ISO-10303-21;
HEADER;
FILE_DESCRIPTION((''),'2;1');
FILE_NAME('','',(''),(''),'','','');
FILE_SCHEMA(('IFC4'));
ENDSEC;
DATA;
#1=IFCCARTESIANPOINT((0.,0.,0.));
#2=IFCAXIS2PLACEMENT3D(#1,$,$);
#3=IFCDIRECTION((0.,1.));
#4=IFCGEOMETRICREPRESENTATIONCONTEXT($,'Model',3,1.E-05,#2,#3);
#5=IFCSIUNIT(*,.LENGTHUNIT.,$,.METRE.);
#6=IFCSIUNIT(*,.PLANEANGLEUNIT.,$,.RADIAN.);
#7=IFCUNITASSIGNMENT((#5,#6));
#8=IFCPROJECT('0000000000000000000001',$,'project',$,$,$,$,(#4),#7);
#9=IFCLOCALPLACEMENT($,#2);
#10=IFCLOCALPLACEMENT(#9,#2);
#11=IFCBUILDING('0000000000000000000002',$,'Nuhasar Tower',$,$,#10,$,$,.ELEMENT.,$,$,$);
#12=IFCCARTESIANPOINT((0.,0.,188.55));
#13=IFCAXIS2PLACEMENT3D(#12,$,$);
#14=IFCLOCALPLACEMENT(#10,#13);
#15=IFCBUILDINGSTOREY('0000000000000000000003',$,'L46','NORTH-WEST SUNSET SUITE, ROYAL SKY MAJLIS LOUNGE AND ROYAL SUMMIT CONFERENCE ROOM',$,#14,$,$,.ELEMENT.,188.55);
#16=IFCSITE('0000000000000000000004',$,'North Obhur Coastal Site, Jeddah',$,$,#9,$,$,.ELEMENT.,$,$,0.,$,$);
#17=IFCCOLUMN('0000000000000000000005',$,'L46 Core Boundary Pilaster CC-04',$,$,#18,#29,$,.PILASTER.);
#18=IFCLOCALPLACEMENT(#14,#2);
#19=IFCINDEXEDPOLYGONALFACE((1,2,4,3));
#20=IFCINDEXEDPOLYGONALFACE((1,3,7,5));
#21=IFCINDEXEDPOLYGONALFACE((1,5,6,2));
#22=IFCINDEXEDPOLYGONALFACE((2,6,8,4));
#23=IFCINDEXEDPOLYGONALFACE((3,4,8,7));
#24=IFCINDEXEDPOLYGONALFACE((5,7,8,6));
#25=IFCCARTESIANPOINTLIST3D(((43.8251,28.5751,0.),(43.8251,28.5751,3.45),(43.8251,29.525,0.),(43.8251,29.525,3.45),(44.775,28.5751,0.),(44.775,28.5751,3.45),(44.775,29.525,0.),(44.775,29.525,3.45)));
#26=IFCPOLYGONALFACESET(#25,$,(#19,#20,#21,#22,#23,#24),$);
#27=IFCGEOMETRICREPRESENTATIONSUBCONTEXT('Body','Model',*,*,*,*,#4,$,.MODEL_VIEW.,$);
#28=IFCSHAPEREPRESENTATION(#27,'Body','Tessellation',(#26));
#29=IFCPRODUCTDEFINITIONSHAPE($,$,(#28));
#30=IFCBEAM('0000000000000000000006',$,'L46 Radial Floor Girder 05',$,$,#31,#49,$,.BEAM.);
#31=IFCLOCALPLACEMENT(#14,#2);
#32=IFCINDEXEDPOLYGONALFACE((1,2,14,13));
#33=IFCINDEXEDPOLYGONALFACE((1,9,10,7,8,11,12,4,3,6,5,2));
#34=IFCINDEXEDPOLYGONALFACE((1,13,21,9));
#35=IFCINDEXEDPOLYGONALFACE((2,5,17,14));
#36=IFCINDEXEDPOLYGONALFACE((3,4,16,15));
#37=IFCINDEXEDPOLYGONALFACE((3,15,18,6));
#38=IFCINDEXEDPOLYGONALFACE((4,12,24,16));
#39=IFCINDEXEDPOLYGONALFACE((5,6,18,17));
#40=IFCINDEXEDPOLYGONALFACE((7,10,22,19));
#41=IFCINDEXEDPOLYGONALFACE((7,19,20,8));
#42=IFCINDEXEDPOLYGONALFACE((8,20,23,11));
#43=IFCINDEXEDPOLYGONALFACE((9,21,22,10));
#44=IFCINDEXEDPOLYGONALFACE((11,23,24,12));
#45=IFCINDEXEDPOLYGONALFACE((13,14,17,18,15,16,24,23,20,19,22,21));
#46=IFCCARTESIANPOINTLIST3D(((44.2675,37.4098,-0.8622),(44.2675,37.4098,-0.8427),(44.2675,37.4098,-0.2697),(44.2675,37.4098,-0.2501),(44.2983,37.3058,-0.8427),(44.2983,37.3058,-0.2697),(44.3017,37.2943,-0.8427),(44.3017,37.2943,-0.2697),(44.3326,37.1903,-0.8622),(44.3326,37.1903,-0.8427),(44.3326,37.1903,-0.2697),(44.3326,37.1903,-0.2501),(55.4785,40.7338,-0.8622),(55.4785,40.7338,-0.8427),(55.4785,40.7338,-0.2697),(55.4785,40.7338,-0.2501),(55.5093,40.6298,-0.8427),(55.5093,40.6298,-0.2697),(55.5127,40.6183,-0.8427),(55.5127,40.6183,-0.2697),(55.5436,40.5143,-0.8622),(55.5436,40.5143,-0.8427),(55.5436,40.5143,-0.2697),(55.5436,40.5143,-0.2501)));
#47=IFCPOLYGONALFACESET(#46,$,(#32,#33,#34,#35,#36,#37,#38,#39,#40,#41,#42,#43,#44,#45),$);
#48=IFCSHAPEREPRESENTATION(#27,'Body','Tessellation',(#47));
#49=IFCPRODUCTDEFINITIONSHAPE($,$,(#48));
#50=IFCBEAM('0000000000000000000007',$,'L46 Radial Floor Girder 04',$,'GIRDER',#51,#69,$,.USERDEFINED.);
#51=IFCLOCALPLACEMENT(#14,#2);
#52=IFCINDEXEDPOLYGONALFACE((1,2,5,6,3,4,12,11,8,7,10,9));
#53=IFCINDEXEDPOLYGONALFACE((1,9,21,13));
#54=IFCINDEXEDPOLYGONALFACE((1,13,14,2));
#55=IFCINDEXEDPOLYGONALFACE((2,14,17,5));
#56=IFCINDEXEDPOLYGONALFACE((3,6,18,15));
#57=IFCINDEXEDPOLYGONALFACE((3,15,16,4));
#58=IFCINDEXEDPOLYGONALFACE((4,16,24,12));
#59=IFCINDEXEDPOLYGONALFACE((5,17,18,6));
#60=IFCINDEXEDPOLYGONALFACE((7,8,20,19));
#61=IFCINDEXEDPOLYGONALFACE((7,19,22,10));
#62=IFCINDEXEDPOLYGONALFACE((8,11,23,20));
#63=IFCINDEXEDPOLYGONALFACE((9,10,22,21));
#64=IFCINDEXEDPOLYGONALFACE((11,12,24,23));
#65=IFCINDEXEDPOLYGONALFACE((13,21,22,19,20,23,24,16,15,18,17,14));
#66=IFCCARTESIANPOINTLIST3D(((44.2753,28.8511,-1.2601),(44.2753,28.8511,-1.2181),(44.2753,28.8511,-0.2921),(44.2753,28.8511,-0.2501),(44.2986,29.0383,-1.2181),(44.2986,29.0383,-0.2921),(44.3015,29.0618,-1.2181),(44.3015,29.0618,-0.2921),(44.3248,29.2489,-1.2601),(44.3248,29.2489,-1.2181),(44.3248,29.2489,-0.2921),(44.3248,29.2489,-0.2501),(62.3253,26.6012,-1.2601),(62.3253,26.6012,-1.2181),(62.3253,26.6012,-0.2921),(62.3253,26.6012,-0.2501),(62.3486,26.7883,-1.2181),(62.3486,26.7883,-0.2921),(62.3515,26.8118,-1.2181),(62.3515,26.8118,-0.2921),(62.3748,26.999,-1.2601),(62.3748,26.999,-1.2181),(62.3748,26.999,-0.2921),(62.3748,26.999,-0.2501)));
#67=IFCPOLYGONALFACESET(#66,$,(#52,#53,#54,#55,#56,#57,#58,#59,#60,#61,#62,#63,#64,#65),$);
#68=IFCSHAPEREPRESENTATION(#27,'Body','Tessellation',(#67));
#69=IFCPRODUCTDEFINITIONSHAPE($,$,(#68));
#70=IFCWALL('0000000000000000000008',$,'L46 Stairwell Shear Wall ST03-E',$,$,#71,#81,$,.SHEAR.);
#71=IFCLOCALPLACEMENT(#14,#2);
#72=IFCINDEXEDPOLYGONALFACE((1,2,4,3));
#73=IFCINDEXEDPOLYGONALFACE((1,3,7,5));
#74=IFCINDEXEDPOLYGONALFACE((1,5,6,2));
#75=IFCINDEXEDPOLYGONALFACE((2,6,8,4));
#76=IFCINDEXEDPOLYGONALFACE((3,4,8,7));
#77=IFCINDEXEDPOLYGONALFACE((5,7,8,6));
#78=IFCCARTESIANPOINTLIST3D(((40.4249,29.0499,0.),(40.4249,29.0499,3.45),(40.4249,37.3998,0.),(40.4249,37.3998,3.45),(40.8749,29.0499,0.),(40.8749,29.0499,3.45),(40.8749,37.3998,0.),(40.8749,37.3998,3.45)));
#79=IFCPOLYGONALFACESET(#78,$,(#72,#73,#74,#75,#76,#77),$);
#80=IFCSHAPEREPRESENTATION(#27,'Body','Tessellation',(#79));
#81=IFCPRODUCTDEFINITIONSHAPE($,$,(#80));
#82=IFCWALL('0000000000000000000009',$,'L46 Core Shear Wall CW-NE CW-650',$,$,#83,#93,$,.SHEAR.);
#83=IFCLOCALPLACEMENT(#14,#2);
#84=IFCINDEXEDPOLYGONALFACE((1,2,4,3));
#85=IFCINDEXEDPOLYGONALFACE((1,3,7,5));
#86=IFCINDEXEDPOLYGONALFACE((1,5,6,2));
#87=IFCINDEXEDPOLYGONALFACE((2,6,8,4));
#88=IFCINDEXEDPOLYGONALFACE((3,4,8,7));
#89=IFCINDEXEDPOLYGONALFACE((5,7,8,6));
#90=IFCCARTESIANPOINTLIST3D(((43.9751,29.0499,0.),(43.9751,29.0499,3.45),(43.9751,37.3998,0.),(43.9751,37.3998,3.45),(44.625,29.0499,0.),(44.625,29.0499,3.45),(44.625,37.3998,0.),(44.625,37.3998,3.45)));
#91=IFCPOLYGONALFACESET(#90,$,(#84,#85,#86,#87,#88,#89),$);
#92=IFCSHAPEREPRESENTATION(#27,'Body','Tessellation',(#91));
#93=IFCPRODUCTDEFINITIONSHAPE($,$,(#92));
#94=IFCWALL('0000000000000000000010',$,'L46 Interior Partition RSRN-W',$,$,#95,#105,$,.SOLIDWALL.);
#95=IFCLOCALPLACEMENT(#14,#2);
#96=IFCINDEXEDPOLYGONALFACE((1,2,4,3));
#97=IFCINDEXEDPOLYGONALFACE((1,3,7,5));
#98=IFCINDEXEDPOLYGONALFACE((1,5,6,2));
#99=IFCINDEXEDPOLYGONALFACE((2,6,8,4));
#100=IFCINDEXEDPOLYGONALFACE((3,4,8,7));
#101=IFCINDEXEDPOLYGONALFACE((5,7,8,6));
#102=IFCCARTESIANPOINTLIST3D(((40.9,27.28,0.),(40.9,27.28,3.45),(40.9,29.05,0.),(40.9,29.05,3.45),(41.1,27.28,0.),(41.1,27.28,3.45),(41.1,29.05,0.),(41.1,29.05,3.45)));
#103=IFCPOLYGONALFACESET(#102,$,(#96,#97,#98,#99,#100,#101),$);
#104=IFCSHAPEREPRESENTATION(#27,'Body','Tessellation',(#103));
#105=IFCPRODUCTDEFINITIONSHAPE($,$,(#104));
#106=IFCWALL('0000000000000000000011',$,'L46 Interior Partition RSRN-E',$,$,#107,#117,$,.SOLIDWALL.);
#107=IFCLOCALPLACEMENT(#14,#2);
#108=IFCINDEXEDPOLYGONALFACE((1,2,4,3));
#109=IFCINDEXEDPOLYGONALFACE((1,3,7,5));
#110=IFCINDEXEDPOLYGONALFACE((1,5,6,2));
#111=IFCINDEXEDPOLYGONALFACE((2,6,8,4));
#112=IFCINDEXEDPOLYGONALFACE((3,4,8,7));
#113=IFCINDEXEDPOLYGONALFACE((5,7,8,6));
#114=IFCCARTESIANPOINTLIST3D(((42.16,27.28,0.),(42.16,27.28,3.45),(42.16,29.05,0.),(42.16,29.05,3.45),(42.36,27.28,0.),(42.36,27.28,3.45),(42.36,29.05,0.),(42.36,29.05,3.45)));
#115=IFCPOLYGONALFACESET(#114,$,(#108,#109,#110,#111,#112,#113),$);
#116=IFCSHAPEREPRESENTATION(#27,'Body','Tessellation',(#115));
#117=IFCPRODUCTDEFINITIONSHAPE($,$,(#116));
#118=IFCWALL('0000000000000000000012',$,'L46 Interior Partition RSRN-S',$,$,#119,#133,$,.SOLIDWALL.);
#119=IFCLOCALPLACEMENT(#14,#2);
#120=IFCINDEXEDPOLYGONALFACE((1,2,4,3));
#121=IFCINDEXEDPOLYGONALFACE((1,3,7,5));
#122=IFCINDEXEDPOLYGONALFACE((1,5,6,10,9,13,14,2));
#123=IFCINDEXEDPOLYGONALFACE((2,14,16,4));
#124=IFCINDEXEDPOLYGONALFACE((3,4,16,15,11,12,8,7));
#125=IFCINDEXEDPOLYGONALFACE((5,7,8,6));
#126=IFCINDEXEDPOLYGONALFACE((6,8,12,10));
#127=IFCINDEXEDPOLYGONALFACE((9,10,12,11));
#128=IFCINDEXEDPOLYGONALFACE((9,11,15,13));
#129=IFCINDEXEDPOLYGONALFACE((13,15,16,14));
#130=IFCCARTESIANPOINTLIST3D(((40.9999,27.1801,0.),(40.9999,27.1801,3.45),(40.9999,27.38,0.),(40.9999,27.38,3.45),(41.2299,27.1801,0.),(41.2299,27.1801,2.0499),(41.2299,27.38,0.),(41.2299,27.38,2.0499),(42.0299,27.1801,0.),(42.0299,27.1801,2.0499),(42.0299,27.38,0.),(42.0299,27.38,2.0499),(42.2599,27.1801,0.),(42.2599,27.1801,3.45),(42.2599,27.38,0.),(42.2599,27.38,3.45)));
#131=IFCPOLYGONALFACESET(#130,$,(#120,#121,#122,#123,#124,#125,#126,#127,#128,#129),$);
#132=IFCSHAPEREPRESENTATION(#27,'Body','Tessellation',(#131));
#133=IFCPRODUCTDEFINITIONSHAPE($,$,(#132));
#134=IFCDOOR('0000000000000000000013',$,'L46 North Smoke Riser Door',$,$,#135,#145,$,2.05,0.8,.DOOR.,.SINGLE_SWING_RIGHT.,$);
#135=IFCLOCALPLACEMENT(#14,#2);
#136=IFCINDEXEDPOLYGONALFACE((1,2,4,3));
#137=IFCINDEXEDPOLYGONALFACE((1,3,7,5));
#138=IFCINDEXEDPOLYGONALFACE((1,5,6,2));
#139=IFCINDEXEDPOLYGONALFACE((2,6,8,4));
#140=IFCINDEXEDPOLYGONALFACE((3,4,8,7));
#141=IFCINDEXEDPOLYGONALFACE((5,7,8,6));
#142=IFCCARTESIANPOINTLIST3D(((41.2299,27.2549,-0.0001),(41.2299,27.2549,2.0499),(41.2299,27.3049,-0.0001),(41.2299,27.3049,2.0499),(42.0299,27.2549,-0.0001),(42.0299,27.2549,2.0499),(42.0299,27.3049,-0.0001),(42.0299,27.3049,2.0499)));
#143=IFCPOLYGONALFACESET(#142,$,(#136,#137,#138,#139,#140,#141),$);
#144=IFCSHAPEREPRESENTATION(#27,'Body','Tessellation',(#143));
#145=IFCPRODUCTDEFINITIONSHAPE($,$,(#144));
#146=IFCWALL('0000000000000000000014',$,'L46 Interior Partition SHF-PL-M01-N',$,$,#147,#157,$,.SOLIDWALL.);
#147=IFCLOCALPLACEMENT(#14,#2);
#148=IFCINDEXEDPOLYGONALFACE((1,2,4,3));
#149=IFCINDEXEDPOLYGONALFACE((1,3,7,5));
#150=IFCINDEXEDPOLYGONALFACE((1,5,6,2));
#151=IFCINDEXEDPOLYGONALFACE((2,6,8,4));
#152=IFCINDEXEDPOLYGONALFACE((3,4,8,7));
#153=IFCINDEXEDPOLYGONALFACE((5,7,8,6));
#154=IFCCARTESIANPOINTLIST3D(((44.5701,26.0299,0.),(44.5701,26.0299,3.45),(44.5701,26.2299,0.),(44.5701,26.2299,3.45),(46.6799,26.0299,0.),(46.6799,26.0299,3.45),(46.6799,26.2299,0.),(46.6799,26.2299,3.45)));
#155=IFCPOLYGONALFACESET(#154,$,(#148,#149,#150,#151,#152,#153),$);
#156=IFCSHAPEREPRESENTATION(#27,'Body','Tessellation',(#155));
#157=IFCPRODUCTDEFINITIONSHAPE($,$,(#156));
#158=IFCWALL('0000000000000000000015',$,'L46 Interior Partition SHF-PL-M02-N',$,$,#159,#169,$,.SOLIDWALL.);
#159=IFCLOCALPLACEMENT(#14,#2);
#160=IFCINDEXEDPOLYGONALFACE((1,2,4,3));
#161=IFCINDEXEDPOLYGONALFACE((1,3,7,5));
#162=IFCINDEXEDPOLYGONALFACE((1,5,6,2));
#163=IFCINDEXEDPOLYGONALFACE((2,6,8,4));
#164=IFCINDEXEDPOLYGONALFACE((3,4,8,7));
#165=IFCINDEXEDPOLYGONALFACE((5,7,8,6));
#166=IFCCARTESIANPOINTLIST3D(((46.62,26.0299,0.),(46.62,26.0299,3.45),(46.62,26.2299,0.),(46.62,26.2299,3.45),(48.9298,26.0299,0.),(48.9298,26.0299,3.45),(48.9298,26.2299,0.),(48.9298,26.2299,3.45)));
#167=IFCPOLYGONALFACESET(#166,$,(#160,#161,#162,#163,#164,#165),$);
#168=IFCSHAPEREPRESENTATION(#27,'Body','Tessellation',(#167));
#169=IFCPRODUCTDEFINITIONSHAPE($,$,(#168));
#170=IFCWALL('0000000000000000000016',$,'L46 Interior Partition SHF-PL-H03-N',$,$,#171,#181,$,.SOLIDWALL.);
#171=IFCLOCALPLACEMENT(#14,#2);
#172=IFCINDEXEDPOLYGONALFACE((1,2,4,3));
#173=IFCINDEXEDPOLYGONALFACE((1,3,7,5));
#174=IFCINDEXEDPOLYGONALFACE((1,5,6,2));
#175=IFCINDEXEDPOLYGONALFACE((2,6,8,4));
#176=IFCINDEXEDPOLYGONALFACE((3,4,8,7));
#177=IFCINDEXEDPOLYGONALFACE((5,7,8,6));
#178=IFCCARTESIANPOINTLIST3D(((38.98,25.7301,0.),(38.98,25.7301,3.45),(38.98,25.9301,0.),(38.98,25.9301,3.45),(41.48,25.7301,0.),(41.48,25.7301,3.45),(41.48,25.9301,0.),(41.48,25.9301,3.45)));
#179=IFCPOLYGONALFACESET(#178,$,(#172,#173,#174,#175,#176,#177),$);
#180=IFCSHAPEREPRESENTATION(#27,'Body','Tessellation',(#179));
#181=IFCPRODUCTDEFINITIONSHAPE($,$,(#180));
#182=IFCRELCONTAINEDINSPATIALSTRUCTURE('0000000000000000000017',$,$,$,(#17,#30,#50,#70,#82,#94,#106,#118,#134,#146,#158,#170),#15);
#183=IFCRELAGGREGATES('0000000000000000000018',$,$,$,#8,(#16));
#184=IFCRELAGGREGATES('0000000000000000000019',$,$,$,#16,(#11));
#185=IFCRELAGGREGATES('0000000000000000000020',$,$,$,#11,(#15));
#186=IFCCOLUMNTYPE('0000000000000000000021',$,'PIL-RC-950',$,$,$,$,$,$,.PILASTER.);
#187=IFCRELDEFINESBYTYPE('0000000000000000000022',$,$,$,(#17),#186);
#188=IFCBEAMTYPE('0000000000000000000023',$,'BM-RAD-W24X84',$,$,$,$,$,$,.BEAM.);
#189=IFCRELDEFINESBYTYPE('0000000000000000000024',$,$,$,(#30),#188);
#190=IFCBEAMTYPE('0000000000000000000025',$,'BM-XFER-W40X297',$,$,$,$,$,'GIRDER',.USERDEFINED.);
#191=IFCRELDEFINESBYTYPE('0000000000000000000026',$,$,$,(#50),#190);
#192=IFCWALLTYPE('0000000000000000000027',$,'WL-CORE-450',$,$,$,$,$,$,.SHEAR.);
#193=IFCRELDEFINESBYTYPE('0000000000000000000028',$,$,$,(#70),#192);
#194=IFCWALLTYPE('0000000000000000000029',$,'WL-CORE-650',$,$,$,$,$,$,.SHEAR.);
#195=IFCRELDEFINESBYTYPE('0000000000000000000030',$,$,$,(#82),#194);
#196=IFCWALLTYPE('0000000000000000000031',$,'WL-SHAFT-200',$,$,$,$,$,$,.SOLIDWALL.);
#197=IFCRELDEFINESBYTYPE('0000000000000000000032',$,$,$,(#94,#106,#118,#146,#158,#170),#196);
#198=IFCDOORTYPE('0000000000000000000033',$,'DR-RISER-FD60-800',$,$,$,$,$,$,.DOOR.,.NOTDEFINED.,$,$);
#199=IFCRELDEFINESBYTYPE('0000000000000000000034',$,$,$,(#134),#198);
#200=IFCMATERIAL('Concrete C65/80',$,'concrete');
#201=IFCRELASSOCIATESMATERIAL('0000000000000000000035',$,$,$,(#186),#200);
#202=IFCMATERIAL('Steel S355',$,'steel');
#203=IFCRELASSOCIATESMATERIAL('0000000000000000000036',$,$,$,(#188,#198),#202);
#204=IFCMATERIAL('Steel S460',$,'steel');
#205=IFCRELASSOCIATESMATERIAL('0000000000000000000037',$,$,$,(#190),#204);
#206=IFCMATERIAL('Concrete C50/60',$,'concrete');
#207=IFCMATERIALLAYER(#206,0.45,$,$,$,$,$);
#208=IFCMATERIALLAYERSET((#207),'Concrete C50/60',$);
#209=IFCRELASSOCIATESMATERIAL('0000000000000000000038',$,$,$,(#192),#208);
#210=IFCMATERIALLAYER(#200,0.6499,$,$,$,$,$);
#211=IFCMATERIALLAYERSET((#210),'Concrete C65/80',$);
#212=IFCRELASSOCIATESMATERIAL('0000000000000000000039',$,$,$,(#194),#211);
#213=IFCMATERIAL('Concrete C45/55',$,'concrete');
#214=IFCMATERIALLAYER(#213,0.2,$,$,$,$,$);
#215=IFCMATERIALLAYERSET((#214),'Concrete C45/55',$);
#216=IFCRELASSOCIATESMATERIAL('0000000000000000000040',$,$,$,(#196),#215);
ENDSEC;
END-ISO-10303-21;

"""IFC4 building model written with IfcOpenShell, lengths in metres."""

from ifc_helpers import new_model, si_unit, direction, frame, frame_2d, origin, origin_2d, place, context, subcontext, project, spatial, rectangle, i_section, extrude, material, layer, layer_set, material_profile, profile_set, type_object, element, fill, save


model = new_model("IFC4")

# Units and contexts
model_context = context("Model", 3, precision=1e-05, world=origin(), true_north=direction((0.0, 1.0)))
body_context = subcontext(model_context, "Body", "Model", "MODEL_VIEW")
ifc_project = project(units=[si_unit("LENGTHUNIT", "METRE"), si_unit("PLANEANGLEUNIT", "RADIAN")], contexts=[model_context])

# Site, building, storey
site_placement = place(None, origin())
site = spatial("IfcSite", under=ifc_project, at=site_placement, Name="North Obhur Coastal Site, Jeddah", CompositionType="ELEMENT", RefElevation=0.0)
building_placement = place(site_placement, origin())
building = spatial("IfcBuilding", under=site, at=building_placement, Name="Nuhasar Tower", CompositionType="ELEMENT")
storey_placement = place(building_placement, frame((0.0, 0.0, 188.55)))
storey = spatial("IfcBuildingStorey", under=building, at=storey_placement, Name="L46", Description="NORTH-WEST SUNSET SUITE, ROYAL SKY MAJLIS LOUNGE AND ROYAL SUMMIT CONFERENCE ROOM", CompositionType="ELEMENT", Elevation=188.55)

# Column
ifc_material_1 = material(Name="Concrete C65/80", Category="concrete")
ifc_material_profile_1 = material_profile(ifc_material_1, rectangle(XDim=0.95, YDim=0.95, at=origin_2d()), Name="RC950X950")
ifc_profile_set_1 = profile_set([ifc_material_profile_1], Name="Concrete C65/80")
column_type = type_object("IfcColumnType", Name="PIL-RC-950", PredefinedType="PILASTER", material=ifc_profile_set_1)
column_placement = place(storey_placement, frame((44.3, 29.05, 0.0), z_axis=(0.0, 0.0, 1.0), x_axis=(1.0, 0.0, 0.0)))
element("IfcColumn", 1, at=column_placement, inside=storey, type_object=column_type, Name="L46 Core Boundary Pilaster CC-04", PredefinedType="PILASTER", context=body_context, shape_type="SweptSolid", body=[
    extrude(rectangle(XDim=0.95, YDim=0.95, at=origin_2d()), origin(), (0.0, 0.0, 1.0), 3.45),
])

# Beams
ifc_material_2 = material(Name="Steel S355", Category="steel")
ifc_material_profile_2 = material_profile(ifc_material_2, i_section(OverallWidth=0.229, OverallDepth=0.6121, WebThickness=0.012, FlangeThickness=0.0195, at=origin_2d()), Name="W24X84")
ifc_profile_set_2 = profile_set([ifc_material_profile_2], Name="Steel S355")
beam_type_1 = type_object("IfcBeamType", Name="BM-RAD-W24X84", PredefinedType="BEAM", material=ifc_profile_set_2)
beam_1_placement = place(storey_placement, frame((44.3, 37.3, -0.5562), z_axis=(0.958746, 0.284262, 0.0), x_axis=(-0.284262, 0.958746, 0.0)))
element("IfcBeam", 2, at=beam_1_placement, inside=storey, type_object=beam_type_1, Name="L46 Radial Floor Girder 05", PredefinedType="BEAM", context=body_context, shape_type="SweptSolid", body=[
    extrude(i_section(OverallWidth=0.229, OverallDepth=0.6121, WebThickness=0.012, FlangeThickness=0.0195, at=origin_2d()), origin(), (0.0, 0.0, 1.0), 11.6934),
])
ifc_material_3 = material(Name="Steel S460", Category="steel")
ifc_material_profile_3 = material_profile(ifc_material_3, i_section(OverallWidth=0.4009, OverallDepth=1.01, WebThickness=0.0237, FlangeThickness=0.042, at=origin_2d()), Name="W40X297")
ifc_profile_set_3 = profile_set([ifc_material_profile_3], Name="Steel S460")
beam_type_2 = type_object("IfcBeamType", Name="BM-XFER-W40X297", ElementType="GIRDER", PredefinedType="USERDEFINED", material=ifc_profile_set_3)
beam_2_placement = place(storey_placement, frame((44.3, 29.05, -0.7551), z_axis=(0.99232, -0.123696, 0.0), x_axis=(0.123696, 0.99232, 0.0)))
element("IfcBeam", 3, at=beam_2_placement, inside=storey, type_object=beam_type_2, Name="L46 Radial Floor Girder 04", ObjectType="GIRDER", PredefinedType="USERDEFINED", context=body_context, shape_type="SweptSolid", body=[
    extrude(i_section(OverallWidth=0.4009, OverallDepth=1.01, WebThickness=0.0237, FlangeThickness=0.042, at=origin_2d()), origin(), (0.0, 0.0, 1.0), 18.1897),
])

# Walls
ifc_material_4 = material(Name="Concrete C50/60", Category="concrete")
ifc_layer_1 = layer(ifc_material_4, 0.45)
ifc_layer_set_1 = layer_set([ifc_layer_1], Name="Concrete C50/60")
wall_type_1 = type_object("IfcWallType", Name="WL-CORE-450", PredefinedType="SHEAR", material=ifc_layer_set_1)
wall_1_placement = place(storey_placement, frame((40.6499, 29.05, 0.0), z_axis=(0.0, 0.0, 1.0), x_axis=(0.0, 1.0, 0.0)))
element("IfcWall", 4, at=wall_1_placement, inside=storey, type_object=wall_type_1, Name="L46 Stairwell Shear Wall ST03-E", PredefinedType="SHEAR", context=body_context, shape_type="SweptSolid", body=[
    extrude(rectangle(XDim=8.3499, YDim=0.45, at=frame_2d((4.1748, 0.0))), origin(), (0.0, 0.0, 1.0), 3.45),
])
ifc_layer_2 = layer(ifc_material_1, 0.6499)
ifc_layer_set_2 = layer_set([ifc_layer_2], Name="Concrete C65/80")
wall_type_2 = type_object("IfcWallType", Name="WL-CORE-650", PredefinedType="SHEAR", material=ifc_layer_set_2)
wall_2_placement = place(storey_placement, frame((44.3, 29.05, 0.0), z_axis=(0.0, 0.0, 1.0), x_axis=(0.0, 1.0, 0.0)))
element("IfcWall", 5, at=wall_2_placement, inside=storey, type_object=wall_type_2, Name="L46 Core Shear Wall CW-NE CW-650", PredefinedType="SHEAR", context=body_context, shape_type="SweptSolid", body=[
    extrude(rectangle(XDim=8.3499, YDim=0.6499, at=frame_2d((4.1748, 0.0))), origin(), (0.0, 0.0, 1.0), 3.45),
])
ifc_material_5 = material(Name="Concrete C45/55", Category="concrete")
ifc_layer_3 = layer(ifc_material_5, 0.2)
ifc_layer_set_3 = layer_set([ifc_layer_3], Name="Concrete C45/55")
wall_type_3 = type_object("IfcWallType", Name="WL-SHAFT-200", PredefinedType="SOLIDWALL", material=ifc_layer_set_3)
for number, where, z_axis, x_axis, name in (
    (6, (41.0, 27.28, 0.0), (0.0, 0.0, 1.0), (0.0, 1.0, 0.0), "L46 Interior Partition RSRN-W"),
    (7, (42.26, 27.28, 0.0), (0.0, 0.0, 1.0), (0.0, 1.0, 0.0), "L46 Interior Partition RSRN-E"),
):
    element("IfcWall", number, at=place(storey_placement, frame(where, z_axis=z_axis, x_axis=x_axis)), inside=storey, type_object=wall_type_3, Name=name, PredefinedType="SOLIDWALL", context=body_context, shape_type="SweptSolid", body=[
        extrude(rectangle(XDim=1.77, YDim=0.2, at=frame_2d((0.885, 0.0))), origin(), (0.0, 0.0, 1.0), 3.45),
    ])

# Wall, opening, door
wall_3_placement = place(storey_placement, frame((41.0, 27.28, 0.0), z_axis=(0.0, 0.0, 1.0), x_axis=(1.0, 0.0, 0.0)))
wall_3 = element("IfcWall", 8, at=wall_3_placement, inside=storey, type_object=wall_type_3, Name="L46 Interior Partition RSRN-S", PredefinedType="SOLIDWALL", context=body_context, shape_type="SweptSolid", body=[
    extrude(rectangle(XDim=1.26, YDim=0.2, at=frame_2d((0.6299, 0.0))), origin(), (0.0, 0.0, 1.0), 3.45),
])
opening_1_placement = place(wall_3_placement, frame((0.23, 0.0, 0.0)))
opening_1 = element("IfcOpeningElement", 9, at=opening_1_placement, cuts=wall_3, PredefinedType="OPENING", context=body_context, shape_type="SweptSolid", body=[
    extrude(rectangle(XDim=0.8, YDim=2.05, at=frame_2d((0.3999, 1.0249))), frame((0.0, 0.1099, 0.0), z_axis=(0.0, -1.0, 0.0), x_axis=(1.0, 0.0, 0.0)), (0.0, 0.0, 1.0), 0.22),
])
door_type = type_object("IfcDoorType", Name="DR-RISER-FD60-800", OperationType="NOTDEFINED", PredefinedType="DOOR", material=ifc_material_2)
door_1_placement = place(opening_1_placement, origin())
door_1 = element("IfcDoor", 10, at=door_1_placement, inside=storey, type_object=door_type, Name="L46 North Smoke Riser Door", OperationType="SINGLE_SWING_RIGHT", OverallHeight=2.05, OverallWidth=0.8, PredefinedType="DOOR", context=body_context, shape_type="SweptSolid", body=[
    extrude(rectangle(XDim=0.8, YDim=2.05, at=frame_2d((0.3999, 1.0249))), frame((0.0, 0.0249, 0.0), z_axis=(0.0, -1.0, 0.0), x_axis=(1.0, 0.0, 0.0)), (0.0, 0.0, 1.0), 0.05),
])
fill(opening_1, door_1)

# Walls
wall_4_placement = place(storey_placement, frame((44.5701, 26.1299, 0.0), z_axis=(0.0, 0.0, 1.0), x_axis=(1.0, 0.0, 0.0)))
element("IfcWall", 11, at=wall_4_placement, inside=storey, type_object=wall_type_3, Name="L46 Interior Partition SHF-PL-M01-N", PredefinedType="SOLIDWALL", context=body_context, shape_type="SweptSolid", body=[
    extrude(rectangle(XDim=2.1099, YDim=0.2, at=frame_2d((1.0549, 0.0))), origin(), (0.0, 0.0, 1.0), 3.45),
])
wall_5_placement = place(storey_placement, frame((46.6201, 26.1299, 0.0), z_axis=(0.0, 0.0, 1.0), x_axis=(1.0, 0.0, 0.0)))
element("IfcWall", 12, at=wall_5_placement, inside=storey, type_object=wall_type_3, Name="L46 Interior Partition SHF-PL-M02-N", PredefinedType="SOLIDWALL", context=body_context, shape_type="SweptSolid", body=[
    extrude(rectangle(XDim=2.3098, YDim=0.2, at=frame_2d((1.1548, 0.0))), origin(), (0.0, 0.0, 1.0), 3.45),
])
for number, where, z_axis, x_axis, name in (
    (13, (38.98, 25.8301, 0.0), (0.0, 0.0, 1.0), (1.0, 0.0, 0.0), "L46 Interior Partition SHF-PL-H03-N"),
):
    element("IfcWall", number, at=place(storey_placement, frame(where, z_axis=z_axis, x_axis=x_axis)), inside=storey, type_object=wall_type_3, Name=name, PredefinedType="SOLIDWALL", context=body_context, shape_type="SweptSolid", body=[
        extrude(rectangle(XDim=2.5, YDim=0.2, at=frame_2d((1.25, 0.0))), origin(), (0.0, 0.0, 1.0), 3.45),
    ])

save(model, "model.ifc")
